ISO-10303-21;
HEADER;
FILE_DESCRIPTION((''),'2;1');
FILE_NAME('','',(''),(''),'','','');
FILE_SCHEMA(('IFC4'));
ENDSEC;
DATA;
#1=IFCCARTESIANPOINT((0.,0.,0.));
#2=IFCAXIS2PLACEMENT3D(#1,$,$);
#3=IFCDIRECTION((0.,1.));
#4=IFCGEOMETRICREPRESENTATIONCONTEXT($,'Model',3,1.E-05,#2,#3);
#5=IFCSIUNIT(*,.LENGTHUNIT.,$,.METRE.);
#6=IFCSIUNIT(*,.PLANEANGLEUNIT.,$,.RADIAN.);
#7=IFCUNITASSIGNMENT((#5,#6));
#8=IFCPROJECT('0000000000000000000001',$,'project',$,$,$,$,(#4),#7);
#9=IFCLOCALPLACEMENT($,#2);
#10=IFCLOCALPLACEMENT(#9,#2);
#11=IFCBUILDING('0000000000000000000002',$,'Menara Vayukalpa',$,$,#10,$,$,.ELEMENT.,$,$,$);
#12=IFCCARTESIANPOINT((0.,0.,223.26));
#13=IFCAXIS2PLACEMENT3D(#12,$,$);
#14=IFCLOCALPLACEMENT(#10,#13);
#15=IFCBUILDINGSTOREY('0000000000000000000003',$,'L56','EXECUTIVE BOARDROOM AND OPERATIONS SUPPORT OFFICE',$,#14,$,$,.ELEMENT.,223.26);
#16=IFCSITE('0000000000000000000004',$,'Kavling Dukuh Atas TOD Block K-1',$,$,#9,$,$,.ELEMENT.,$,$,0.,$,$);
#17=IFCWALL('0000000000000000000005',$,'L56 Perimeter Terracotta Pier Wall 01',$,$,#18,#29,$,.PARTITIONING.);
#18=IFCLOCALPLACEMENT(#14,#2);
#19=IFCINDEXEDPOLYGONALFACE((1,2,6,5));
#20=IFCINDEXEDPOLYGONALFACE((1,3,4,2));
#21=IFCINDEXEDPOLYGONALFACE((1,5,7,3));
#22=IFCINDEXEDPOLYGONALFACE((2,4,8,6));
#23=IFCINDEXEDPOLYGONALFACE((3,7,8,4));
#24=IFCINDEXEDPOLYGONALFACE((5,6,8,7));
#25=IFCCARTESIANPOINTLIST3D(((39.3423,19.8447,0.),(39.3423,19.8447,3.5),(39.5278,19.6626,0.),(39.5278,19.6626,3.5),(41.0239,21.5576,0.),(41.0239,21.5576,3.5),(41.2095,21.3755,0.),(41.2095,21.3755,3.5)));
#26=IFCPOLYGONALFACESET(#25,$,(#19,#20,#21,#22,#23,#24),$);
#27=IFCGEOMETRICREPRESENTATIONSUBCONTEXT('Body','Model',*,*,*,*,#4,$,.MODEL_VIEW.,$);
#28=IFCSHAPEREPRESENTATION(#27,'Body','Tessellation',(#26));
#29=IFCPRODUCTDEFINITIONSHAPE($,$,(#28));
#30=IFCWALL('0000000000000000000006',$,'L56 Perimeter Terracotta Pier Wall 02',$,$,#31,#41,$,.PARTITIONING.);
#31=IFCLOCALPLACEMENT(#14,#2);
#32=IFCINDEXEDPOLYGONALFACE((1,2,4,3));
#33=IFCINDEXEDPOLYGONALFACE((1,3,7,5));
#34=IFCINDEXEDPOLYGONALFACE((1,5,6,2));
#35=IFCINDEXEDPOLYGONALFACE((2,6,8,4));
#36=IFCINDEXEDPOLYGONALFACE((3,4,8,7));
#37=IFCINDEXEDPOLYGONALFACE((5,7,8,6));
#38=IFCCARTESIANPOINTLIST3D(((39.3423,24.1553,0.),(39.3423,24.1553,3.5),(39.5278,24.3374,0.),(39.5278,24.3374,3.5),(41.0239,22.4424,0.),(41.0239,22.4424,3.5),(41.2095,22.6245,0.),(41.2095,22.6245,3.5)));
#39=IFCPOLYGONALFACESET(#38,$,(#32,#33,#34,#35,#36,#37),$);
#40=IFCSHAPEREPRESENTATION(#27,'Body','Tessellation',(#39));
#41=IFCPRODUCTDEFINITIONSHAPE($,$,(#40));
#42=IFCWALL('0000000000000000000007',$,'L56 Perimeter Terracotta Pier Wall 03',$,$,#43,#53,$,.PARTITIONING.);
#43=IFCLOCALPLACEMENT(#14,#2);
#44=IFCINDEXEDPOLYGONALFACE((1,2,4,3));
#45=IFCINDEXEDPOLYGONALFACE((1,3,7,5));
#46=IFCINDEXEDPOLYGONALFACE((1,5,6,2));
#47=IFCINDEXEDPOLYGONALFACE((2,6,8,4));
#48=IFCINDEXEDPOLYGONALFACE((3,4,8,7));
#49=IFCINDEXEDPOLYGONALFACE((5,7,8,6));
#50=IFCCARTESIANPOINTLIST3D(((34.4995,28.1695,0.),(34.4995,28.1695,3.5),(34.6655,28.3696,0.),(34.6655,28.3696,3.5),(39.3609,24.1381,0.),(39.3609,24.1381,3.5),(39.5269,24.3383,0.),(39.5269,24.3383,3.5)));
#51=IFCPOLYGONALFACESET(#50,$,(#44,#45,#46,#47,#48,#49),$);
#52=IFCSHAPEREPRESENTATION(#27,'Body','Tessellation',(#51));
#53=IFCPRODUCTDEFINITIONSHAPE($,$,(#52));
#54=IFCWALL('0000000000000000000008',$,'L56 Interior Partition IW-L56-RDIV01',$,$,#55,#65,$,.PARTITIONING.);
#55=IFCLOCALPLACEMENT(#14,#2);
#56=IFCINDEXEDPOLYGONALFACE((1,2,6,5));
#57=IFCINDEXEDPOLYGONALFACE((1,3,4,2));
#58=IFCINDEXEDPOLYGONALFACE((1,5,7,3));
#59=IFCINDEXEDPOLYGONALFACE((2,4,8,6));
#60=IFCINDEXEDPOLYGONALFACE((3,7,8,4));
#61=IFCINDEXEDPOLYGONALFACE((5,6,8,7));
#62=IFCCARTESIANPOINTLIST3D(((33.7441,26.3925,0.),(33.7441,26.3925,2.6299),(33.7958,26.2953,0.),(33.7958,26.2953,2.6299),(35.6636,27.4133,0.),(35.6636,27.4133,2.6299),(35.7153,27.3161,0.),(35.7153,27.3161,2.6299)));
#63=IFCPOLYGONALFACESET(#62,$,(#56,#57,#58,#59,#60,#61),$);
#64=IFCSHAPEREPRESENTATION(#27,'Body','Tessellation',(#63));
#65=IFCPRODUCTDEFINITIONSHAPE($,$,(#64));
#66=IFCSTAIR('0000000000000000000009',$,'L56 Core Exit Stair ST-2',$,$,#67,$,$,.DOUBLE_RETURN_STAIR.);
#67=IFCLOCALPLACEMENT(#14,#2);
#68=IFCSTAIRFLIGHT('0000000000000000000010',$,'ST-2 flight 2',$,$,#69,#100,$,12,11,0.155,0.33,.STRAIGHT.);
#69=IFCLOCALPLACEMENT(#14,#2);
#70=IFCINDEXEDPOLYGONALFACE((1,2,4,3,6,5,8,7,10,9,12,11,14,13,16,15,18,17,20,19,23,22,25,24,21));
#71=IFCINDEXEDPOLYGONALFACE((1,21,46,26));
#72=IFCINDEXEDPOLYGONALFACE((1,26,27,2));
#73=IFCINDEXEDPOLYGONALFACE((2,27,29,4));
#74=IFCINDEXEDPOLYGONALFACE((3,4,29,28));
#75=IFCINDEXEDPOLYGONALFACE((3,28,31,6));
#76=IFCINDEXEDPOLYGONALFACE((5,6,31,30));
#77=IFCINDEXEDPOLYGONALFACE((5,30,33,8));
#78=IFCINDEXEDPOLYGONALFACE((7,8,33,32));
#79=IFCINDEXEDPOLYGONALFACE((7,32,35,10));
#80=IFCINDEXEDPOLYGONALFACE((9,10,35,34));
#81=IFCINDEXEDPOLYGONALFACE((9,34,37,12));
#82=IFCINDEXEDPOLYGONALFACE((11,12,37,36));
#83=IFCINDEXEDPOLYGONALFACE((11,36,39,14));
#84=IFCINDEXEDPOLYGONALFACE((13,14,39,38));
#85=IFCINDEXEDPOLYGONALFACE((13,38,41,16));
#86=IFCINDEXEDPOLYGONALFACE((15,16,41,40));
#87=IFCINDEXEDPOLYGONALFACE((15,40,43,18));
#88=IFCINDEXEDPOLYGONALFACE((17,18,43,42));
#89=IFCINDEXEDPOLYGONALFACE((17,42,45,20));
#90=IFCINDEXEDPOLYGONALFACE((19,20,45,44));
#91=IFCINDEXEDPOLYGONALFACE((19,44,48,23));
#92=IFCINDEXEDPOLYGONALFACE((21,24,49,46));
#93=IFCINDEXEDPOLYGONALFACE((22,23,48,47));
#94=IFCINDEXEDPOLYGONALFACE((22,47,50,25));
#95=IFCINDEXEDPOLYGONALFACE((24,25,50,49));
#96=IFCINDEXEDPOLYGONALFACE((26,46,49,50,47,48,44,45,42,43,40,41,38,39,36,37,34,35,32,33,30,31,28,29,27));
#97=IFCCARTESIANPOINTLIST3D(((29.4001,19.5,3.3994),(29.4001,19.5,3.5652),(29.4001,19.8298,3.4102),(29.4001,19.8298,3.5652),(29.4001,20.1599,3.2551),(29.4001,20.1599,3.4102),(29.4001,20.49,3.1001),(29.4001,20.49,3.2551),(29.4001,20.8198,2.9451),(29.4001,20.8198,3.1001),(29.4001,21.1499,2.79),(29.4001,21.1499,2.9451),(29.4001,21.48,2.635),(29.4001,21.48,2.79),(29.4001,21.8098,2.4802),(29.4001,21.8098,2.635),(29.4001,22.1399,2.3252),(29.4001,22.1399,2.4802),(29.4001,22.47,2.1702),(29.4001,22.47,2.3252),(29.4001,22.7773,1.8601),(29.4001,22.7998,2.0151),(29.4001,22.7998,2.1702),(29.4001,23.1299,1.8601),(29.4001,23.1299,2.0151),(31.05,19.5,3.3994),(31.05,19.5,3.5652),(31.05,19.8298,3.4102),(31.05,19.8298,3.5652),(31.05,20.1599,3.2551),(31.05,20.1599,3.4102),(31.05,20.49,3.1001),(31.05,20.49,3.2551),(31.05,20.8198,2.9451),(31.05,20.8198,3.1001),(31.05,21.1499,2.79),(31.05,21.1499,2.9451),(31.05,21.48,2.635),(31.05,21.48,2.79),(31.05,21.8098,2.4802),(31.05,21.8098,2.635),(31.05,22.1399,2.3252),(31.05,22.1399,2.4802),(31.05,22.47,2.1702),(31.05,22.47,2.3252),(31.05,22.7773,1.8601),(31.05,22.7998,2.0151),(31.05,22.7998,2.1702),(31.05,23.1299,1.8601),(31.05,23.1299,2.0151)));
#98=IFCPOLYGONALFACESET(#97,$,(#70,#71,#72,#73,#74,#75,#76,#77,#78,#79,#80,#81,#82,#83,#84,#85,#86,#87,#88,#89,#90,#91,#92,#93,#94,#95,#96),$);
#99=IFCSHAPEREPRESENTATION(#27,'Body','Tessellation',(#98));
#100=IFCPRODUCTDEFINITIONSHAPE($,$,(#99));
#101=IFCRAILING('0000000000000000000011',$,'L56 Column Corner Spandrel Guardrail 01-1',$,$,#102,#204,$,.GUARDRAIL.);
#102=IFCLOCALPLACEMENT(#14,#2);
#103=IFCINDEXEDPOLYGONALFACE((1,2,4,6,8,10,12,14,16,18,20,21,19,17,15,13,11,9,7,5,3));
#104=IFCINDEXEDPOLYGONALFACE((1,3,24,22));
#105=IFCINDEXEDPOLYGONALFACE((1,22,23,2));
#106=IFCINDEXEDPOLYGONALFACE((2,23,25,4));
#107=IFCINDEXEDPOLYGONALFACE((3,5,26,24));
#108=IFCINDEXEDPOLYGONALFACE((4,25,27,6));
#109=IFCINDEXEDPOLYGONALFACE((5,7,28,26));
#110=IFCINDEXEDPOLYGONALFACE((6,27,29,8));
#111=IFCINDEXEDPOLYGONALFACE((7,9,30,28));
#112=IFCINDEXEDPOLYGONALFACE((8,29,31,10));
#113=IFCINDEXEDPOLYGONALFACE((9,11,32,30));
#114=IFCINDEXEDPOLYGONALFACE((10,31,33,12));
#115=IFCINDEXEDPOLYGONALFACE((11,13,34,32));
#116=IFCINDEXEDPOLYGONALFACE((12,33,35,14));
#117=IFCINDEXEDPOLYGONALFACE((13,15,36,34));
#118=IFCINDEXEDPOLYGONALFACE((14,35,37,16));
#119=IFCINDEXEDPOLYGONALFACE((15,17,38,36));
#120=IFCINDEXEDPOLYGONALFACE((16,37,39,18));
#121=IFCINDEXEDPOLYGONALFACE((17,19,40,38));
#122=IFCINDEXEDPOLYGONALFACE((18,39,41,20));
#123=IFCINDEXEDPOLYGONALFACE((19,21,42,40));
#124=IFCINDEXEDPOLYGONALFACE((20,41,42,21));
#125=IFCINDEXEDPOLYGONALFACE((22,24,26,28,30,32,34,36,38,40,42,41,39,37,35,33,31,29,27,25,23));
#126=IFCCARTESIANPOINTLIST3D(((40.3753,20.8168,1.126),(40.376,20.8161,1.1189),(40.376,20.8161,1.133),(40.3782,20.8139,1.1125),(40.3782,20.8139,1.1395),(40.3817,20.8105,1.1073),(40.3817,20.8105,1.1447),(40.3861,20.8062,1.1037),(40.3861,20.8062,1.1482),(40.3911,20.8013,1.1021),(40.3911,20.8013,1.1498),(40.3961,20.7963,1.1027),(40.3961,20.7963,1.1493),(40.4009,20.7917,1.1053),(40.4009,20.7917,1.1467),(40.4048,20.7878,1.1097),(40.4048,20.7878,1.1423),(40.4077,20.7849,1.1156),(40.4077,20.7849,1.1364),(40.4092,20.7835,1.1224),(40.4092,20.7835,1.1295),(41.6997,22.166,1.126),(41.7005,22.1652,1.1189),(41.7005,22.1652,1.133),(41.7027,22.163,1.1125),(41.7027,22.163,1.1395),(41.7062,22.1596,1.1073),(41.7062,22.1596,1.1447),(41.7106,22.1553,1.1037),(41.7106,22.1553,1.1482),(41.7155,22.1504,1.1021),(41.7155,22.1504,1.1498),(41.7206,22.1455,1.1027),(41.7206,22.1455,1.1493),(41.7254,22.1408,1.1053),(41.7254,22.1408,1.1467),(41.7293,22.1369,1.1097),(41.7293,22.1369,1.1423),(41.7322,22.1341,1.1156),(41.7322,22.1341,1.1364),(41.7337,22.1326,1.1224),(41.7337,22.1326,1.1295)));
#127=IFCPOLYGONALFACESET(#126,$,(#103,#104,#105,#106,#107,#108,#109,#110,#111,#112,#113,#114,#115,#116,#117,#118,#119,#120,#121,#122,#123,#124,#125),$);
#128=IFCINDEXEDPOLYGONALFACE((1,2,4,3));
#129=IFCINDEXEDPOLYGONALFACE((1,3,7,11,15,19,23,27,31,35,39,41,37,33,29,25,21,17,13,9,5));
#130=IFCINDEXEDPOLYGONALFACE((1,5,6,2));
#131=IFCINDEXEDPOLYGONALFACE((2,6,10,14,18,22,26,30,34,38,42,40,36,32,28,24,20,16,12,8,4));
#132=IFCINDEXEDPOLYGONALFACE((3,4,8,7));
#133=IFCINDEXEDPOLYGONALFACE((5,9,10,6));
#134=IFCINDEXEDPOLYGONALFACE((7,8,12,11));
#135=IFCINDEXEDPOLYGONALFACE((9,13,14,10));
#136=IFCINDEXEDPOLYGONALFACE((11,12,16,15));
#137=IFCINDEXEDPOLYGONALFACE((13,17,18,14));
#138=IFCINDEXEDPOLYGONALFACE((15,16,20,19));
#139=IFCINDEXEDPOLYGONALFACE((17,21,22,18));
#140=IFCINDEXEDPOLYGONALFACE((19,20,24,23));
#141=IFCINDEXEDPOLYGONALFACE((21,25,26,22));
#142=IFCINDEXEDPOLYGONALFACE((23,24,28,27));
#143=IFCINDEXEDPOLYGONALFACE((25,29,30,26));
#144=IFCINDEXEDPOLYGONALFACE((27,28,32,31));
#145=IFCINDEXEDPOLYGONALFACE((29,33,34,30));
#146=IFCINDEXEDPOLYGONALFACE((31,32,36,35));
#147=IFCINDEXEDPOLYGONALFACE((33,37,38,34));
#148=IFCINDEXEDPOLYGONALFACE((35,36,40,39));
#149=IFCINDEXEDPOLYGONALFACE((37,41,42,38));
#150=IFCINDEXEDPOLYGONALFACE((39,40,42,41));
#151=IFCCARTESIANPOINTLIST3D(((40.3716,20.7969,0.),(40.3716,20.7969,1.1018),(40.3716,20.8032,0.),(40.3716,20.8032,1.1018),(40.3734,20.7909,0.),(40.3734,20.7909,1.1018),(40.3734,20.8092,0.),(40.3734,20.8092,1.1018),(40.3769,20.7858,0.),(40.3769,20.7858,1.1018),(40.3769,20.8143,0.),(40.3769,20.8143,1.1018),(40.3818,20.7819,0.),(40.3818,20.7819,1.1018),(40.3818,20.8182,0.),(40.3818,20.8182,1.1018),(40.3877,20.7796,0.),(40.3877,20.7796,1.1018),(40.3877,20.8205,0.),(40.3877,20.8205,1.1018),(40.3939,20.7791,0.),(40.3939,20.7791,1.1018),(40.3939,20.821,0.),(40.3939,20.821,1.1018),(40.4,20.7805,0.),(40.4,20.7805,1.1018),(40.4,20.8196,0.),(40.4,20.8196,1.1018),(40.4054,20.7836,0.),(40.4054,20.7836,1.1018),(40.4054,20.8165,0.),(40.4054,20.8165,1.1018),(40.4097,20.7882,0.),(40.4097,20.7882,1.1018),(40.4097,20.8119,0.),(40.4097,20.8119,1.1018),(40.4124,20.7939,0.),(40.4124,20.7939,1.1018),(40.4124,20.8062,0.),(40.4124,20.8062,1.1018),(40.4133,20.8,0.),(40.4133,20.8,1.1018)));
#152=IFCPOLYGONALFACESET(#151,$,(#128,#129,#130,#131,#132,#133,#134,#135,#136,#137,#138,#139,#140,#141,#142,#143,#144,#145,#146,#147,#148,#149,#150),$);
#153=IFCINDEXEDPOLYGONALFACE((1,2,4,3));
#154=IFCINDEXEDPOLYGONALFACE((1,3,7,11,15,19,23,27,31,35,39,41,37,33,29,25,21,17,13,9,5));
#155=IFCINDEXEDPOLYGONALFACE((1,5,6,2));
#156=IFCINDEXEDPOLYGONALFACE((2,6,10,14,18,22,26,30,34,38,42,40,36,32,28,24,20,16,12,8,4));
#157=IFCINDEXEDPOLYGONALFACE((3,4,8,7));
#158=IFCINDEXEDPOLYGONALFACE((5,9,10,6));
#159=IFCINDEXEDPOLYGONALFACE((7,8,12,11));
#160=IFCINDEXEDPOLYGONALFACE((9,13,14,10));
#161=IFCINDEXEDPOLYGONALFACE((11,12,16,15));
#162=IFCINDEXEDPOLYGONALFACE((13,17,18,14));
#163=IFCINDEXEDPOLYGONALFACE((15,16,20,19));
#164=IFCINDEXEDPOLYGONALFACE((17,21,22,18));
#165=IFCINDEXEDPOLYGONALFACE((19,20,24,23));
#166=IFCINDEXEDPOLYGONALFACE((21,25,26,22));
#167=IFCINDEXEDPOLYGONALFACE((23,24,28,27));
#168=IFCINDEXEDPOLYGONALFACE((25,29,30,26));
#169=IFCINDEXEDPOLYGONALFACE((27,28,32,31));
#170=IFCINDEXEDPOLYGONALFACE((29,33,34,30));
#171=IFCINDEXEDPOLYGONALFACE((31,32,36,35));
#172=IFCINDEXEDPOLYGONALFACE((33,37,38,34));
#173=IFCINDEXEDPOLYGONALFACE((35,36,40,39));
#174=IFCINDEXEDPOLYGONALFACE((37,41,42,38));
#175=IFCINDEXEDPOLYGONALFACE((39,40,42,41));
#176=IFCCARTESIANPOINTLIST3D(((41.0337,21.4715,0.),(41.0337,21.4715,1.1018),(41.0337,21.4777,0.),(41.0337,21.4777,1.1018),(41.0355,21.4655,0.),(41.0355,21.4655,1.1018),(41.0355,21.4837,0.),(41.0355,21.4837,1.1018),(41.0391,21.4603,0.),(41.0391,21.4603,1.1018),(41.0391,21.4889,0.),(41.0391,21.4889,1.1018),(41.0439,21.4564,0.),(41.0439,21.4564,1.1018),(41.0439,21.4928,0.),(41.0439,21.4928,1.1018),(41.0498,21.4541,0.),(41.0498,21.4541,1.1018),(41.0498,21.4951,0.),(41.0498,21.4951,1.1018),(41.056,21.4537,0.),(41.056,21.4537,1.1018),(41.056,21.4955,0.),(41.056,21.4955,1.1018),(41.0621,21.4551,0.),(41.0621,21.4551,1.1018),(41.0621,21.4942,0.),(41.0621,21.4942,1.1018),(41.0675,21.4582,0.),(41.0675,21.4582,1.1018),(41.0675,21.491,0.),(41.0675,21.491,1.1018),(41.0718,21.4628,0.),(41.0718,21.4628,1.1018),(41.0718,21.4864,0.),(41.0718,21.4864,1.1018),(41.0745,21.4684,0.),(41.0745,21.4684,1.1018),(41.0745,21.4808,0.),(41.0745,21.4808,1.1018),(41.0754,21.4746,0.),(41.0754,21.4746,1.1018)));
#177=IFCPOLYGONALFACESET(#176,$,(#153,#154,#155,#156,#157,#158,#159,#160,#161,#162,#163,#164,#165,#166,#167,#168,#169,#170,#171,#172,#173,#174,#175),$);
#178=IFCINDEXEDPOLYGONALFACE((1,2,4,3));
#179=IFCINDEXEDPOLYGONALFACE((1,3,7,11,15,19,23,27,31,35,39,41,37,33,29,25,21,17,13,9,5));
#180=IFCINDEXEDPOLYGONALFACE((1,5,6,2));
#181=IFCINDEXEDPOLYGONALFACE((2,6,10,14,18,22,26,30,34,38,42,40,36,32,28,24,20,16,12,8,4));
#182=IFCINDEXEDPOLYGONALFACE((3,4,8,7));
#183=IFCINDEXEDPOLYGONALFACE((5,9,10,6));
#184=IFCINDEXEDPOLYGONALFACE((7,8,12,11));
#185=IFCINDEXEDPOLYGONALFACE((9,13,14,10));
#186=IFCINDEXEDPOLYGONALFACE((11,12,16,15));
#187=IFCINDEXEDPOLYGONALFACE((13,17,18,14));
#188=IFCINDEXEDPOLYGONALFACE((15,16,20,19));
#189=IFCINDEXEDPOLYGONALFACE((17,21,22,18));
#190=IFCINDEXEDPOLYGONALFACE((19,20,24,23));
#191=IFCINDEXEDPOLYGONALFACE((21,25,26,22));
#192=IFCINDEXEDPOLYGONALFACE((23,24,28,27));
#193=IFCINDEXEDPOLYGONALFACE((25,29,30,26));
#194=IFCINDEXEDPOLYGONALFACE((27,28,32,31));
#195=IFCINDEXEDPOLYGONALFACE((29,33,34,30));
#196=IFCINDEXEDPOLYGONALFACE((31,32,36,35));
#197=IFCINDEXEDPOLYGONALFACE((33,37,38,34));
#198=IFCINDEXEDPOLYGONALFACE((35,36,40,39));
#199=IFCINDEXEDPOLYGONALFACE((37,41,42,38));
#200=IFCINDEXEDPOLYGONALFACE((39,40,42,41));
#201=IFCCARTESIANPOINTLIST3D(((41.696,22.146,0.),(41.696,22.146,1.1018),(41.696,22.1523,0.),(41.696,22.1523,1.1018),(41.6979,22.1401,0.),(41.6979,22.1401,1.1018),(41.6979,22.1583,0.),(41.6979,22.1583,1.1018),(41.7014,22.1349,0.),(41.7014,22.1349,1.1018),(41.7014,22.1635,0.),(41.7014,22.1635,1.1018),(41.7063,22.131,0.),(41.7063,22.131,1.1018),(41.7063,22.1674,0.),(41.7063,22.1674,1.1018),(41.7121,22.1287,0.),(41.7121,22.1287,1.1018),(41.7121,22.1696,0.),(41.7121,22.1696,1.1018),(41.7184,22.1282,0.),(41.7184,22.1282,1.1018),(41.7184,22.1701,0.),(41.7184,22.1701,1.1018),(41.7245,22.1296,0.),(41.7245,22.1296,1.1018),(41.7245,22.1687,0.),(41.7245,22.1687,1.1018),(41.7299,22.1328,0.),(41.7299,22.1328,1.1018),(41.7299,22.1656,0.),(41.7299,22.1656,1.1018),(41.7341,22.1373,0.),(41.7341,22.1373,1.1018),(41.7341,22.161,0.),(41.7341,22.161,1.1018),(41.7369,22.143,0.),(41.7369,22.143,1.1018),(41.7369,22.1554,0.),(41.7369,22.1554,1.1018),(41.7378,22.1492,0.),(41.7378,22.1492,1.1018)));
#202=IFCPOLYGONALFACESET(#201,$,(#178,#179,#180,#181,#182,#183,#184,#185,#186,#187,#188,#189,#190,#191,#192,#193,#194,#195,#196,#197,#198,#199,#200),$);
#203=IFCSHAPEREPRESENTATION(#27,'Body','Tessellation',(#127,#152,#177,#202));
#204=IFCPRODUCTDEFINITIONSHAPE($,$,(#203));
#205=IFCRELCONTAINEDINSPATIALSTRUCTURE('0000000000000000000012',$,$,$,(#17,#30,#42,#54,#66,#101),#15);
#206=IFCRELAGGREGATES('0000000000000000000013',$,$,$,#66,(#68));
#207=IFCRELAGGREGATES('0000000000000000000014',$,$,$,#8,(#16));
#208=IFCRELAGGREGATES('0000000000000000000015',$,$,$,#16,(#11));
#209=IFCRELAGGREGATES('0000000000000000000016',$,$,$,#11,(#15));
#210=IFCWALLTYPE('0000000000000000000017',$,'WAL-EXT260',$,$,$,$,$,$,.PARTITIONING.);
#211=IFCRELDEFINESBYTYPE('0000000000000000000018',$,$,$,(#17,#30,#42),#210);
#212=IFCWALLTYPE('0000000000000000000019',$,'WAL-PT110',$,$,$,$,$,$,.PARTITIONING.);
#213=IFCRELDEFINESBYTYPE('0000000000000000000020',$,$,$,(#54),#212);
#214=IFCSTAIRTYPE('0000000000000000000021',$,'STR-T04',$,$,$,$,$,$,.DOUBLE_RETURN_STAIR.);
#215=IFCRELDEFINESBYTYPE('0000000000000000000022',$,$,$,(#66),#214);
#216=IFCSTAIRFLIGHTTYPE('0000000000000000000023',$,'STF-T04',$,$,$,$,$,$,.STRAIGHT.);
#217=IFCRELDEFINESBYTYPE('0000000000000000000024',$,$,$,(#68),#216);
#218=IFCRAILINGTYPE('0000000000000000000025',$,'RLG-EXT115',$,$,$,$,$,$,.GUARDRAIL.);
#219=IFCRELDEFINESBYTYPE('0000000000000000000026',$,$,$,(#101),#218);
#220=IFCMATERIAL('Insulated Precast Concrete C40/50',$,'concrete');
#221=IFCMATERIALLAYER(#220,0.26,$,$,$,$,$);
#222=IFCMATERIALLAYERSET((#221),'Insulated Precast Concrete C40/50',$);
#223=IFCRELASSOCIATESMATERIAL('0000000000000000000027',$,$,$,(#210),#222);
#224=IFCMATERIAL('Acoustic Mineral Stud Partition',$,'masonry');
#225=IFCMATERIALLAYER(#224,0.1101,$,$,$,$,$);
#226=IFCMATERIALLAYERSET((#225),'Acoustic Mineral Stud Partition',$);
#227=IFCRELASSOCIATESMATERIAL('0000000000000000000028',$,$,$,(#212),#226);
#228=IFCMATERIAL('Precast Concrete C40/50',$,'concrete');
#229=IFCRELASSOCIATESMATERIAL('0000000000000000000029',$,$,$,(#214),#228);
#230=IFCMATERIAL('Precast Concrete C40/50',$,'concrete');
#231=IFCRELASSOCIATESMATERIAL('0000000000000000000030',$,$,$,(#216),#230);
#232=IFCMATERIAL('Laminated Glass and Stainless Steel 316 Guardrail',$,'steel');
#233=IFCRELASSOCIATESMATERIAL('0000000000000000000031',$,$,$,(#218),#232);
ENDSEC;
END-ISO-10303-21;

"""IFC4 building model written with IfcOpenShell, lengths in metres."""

from ifc_helpers import new_model, si_unit, direction, frame, frame_2d, origin, origin_2d, place, context, subcontext, project, spatial, polyline, rectangle, circle, outline, extrude, material, layer, layer_set, type_object, element, aggregate, save


model = new_model("IFC4")

# Units and contexts
model_context = context("Model", 3, precision=1e-05, world=origin(), true_north=direction((0.0, 1.0)))
body_context = subcontext(model_context, "Body", "Model", "MODEL_VIEW")
ifc_project = project(units=[si_unit("LENGTHUNIT", "METRE"), si_unit("PLANEANGLEUNIT", "RADIAN")], contexts=[model_context])

# Site, building, storey
site_placement = place(None, origin())
site = spatial("IfcSite", under=ifc_project, at=site_placement, Name="Kavling Dukuh Atas TOD Block K-1", CompositionType="ELEMENT", RefElevation=0.0)
building_placement = place(site_placement, origin())
building = spatial("IfcBuilding", under=site, at=building_placement, Name="Menara Vayukalpa", CompositionType="ELEMENT")
storey_placement = place(building_placement, frame((0.0, 0.0, 223.26)))
storey = spatial("IfcBuildingStorey", under=building, at=storey_placement, Name="L56", Description="EXECUTIVE BOARDROOM AND OPERATIONS SUPPORT OFFICE", CompositionType="ELEMENT", Elevation=223.26)

# Walls
ifc_material_1 = material(Name="Insulated Precast Concrete C40/50", Category="concrete")
ifc_layer_1 = layer(ifc_material_1, 0.26)
ifc_layer_set_1 = layer_set([ifc_layer_1], Name="Insulated Precast Concrete C40/50")
wall_type_1 = type_object("IfcWallType", Name="WAL-EXT260", PredefinedType="PARTITIONING", material=ifc_layer_set_1)
for number, where, z_axis, x_axis, name in (
    (1, (41.1167, 21.4666, 0.0), (0.0, 0.0, 1.0), (-0.700567, -0.713586, 0.0), "L56 Perimeter Terracotta Pier Wall 01"),
    (2, (39.4351, 24.2463, 0.0), (0.0, 0.0, 1.0), (0.700567, -0.713586, 0.0), "L56 Perimeter Terracotta Pier Wall 02"),
):
    element("IfcWall", number, at=place(storey_placement, frame(where, z_axis=z_axis, x_axis=x_axis)), inside=storey, type_object=wall_type_1, Name=name, PredefinedType="PARTITIONING", context=body_context, shape_type="SweptSolid", body=[
        extrude(rectangle(XDim=2.4004, YDim=0.26, at=frame_2d((1.2002, 0.0))), origin(), (0.0, 0.0, 1.0), 3.5),
    ])
wall_1_placement = place(storey_placement, frame((34.5825, 28.2695, 0.0), z_axis=(0.0, 0.0, 1.0), x_axis=(0.769765, -0.638327, 0.0)))
element("IfcWall", 3, at=wall_1_placement, inside=storey, type_object=wall_type_1, Name="L56 Perimeter Terracotta Pier Wall 03", PredefinedType="PARTITIONING", context=body_context, shape_type="SweptSolid", body=[
    extrude(rectangle(XDim=6.3154, YDim=0.26, at=frame_2d((3.1577, 0.0))), origin(), (0.0, 0.0, 1.0), 3.5),
])
ifc_material_2 = material(Name="Acoustic Mineral Stud Partition", Category="masonry")
ifc_layer_2 = layer(ifc_material_2, 0.1101)
ifc_layer_set_2 = layer_set([ifc_layer_2], Name="Acoustic Mineral Stud Partition")
wall_type_2 = type_object("IfcWallType", Name="WAL-PT110", PredefinedType="PARTITIONING", material=ifc_layer_set_2)
wall_2_placement = place(storey_placement, frame((33.77, 26.344, 0.0), z_axis=(0.0, 0.0, 1.0), x_axis=(0.882915, 0.469533, 0.0)))
element("IfcWall", 4, at=wall_2_placement, inside=storey, type_object=wall_type_2, Name="L56 Interior Partition IW-L56-RDIV01", PredefinedType="PARTITIONING", context=body_context, shape_type="SweptSolid", body=[
    extrude(rectangle(XDim=2.1741, YDim=0.1101, at=frame_2d((1.0869, 0.0))), origin(), (0.0, 0.0, 1.0), 2.6299),
])

# Stair, stair flight
ifc_material_3 = material(Name="Precast Concrete C40/50", Category="concrete")
stair_type = type_object("IfcStairType", Name="STR-T04", PredefinedType="DOUBLE_RETURN_STAIR", material=ifc_material_3)
stair_placement = place(storey_placement, origin())
stair = element("IfcStair", 5, at=stair_placement, inside=storey, type_object=stair_type, Name="L56 Core Exit Stair ST-2", PredefinedType="DOUBLE_RETURN_STAIR")
ifc_material_4 = material(Name="Precast Concrete C40/50", Category="concrete")
stair_flight_type = type_object("IfcStairFlightType", Name="STF-T04", PredefinedType="STRAIGHT", material=ifc_material_4)
stair_flight_placement = place(storey_placement, frame((30.2251, 23.1299, 1.8601), z_axis=(0.0, 0.0, 1.0), x_axis=(0.0, -1.0, 0.0)))
stair_flight = element("IfcStairFlight", 6, at=stair_flight_placement, type_object=stair_flight_type, Name="ST-2 flight 2", NumberOfRisers=12, NumberOfTreads=11, PredefinedType="STRAIGHT", RiserHeight=0.155, TreadLength=0.33, context=body_context, shape_type="SweptSolid", body=[
    extrude(outline(polyline([(0.0, 0.0), (0.0, 0.155), (0.3301, 0.155), (0.3301, 0.3101), (0.6599, 0.3101), (0.6599, 0.4651), (0.99, 0.4651), (0.99, 0.6201), (1.3201, 0.6201), (1.3201, 0.7749), (1.6499, 0.7749), (1.6499, 0.9299), (1.98, 0.9299), (1.98, 1.085), (2.3101, 1.085), (2.3101, 1.24), (2.6399, 1.24), (2.6399, 1.395), (2.97, 1.395), (2.97, 1.55), (3.3, 1.55), (3.3, 1.7051), (3.6299, 1.7051), (3.6299, 1.8601), (3.6299, 1.5393), (0.3525, 0.0), (0.0, 0.0)])), frame((0.0, 0.825, 0.0), z_axis=(0.0, -1.0, 0.0), x_axis=(1.0, 0.0, 0.0)), (0.0, 0.0, 1.0), 1.6499),
])
aggregate(stair, [stair_flight])

# Railing
ifc_material_5 = material(Name="Laminated Glass and Stainless Steel 316 Guardrail", Category="steel")
railing_type_1 = type_object("IfcRailingType", Name="RLG-EXT115", PredefinedType="GUARDRAIL", material=ifc_material_5)
railing_1_placement = place(storey_placement, frame((40.3923, 20.8, 0.0)))
element("IfcRailing", 7, at=railing_1_placement, inside=storey, type_object=railing_type_1, Name="L56 Column Corner Spandrel Guardrail 01-1", PredefinedType="GUARDRAIL", context=body_context, shape_type="SweptSolid", body=[
    extrude(circle(Radius=0.0239, at=origin_2d()), frame((0.0, 0.0, 1.126), z_axis=(0.700555, 0.713598, 0.0), x_axis=(-0.713598, 0.700555, 0.0)), (0.0, 0.0, 1.0), 1.8906),
    extrude(circle(Radius=0.021, at=origin_2d()), origin(), (0.0, 0.0, 1.0), 1.1018),
    extrude(circle(Radius=0.021, at=origin_2d()), frame((0.6621, 0.6746, 0.0)), (0.0, 0.0, 1.0), 1.1018),
    extrude(circle(Radius=0.021, at=origin_2d()), frame((1.3245, 1.3491, 0.0)), (0.0, 0.0, 1.0), 1.1018),
])

save(model, "model.ifc")
